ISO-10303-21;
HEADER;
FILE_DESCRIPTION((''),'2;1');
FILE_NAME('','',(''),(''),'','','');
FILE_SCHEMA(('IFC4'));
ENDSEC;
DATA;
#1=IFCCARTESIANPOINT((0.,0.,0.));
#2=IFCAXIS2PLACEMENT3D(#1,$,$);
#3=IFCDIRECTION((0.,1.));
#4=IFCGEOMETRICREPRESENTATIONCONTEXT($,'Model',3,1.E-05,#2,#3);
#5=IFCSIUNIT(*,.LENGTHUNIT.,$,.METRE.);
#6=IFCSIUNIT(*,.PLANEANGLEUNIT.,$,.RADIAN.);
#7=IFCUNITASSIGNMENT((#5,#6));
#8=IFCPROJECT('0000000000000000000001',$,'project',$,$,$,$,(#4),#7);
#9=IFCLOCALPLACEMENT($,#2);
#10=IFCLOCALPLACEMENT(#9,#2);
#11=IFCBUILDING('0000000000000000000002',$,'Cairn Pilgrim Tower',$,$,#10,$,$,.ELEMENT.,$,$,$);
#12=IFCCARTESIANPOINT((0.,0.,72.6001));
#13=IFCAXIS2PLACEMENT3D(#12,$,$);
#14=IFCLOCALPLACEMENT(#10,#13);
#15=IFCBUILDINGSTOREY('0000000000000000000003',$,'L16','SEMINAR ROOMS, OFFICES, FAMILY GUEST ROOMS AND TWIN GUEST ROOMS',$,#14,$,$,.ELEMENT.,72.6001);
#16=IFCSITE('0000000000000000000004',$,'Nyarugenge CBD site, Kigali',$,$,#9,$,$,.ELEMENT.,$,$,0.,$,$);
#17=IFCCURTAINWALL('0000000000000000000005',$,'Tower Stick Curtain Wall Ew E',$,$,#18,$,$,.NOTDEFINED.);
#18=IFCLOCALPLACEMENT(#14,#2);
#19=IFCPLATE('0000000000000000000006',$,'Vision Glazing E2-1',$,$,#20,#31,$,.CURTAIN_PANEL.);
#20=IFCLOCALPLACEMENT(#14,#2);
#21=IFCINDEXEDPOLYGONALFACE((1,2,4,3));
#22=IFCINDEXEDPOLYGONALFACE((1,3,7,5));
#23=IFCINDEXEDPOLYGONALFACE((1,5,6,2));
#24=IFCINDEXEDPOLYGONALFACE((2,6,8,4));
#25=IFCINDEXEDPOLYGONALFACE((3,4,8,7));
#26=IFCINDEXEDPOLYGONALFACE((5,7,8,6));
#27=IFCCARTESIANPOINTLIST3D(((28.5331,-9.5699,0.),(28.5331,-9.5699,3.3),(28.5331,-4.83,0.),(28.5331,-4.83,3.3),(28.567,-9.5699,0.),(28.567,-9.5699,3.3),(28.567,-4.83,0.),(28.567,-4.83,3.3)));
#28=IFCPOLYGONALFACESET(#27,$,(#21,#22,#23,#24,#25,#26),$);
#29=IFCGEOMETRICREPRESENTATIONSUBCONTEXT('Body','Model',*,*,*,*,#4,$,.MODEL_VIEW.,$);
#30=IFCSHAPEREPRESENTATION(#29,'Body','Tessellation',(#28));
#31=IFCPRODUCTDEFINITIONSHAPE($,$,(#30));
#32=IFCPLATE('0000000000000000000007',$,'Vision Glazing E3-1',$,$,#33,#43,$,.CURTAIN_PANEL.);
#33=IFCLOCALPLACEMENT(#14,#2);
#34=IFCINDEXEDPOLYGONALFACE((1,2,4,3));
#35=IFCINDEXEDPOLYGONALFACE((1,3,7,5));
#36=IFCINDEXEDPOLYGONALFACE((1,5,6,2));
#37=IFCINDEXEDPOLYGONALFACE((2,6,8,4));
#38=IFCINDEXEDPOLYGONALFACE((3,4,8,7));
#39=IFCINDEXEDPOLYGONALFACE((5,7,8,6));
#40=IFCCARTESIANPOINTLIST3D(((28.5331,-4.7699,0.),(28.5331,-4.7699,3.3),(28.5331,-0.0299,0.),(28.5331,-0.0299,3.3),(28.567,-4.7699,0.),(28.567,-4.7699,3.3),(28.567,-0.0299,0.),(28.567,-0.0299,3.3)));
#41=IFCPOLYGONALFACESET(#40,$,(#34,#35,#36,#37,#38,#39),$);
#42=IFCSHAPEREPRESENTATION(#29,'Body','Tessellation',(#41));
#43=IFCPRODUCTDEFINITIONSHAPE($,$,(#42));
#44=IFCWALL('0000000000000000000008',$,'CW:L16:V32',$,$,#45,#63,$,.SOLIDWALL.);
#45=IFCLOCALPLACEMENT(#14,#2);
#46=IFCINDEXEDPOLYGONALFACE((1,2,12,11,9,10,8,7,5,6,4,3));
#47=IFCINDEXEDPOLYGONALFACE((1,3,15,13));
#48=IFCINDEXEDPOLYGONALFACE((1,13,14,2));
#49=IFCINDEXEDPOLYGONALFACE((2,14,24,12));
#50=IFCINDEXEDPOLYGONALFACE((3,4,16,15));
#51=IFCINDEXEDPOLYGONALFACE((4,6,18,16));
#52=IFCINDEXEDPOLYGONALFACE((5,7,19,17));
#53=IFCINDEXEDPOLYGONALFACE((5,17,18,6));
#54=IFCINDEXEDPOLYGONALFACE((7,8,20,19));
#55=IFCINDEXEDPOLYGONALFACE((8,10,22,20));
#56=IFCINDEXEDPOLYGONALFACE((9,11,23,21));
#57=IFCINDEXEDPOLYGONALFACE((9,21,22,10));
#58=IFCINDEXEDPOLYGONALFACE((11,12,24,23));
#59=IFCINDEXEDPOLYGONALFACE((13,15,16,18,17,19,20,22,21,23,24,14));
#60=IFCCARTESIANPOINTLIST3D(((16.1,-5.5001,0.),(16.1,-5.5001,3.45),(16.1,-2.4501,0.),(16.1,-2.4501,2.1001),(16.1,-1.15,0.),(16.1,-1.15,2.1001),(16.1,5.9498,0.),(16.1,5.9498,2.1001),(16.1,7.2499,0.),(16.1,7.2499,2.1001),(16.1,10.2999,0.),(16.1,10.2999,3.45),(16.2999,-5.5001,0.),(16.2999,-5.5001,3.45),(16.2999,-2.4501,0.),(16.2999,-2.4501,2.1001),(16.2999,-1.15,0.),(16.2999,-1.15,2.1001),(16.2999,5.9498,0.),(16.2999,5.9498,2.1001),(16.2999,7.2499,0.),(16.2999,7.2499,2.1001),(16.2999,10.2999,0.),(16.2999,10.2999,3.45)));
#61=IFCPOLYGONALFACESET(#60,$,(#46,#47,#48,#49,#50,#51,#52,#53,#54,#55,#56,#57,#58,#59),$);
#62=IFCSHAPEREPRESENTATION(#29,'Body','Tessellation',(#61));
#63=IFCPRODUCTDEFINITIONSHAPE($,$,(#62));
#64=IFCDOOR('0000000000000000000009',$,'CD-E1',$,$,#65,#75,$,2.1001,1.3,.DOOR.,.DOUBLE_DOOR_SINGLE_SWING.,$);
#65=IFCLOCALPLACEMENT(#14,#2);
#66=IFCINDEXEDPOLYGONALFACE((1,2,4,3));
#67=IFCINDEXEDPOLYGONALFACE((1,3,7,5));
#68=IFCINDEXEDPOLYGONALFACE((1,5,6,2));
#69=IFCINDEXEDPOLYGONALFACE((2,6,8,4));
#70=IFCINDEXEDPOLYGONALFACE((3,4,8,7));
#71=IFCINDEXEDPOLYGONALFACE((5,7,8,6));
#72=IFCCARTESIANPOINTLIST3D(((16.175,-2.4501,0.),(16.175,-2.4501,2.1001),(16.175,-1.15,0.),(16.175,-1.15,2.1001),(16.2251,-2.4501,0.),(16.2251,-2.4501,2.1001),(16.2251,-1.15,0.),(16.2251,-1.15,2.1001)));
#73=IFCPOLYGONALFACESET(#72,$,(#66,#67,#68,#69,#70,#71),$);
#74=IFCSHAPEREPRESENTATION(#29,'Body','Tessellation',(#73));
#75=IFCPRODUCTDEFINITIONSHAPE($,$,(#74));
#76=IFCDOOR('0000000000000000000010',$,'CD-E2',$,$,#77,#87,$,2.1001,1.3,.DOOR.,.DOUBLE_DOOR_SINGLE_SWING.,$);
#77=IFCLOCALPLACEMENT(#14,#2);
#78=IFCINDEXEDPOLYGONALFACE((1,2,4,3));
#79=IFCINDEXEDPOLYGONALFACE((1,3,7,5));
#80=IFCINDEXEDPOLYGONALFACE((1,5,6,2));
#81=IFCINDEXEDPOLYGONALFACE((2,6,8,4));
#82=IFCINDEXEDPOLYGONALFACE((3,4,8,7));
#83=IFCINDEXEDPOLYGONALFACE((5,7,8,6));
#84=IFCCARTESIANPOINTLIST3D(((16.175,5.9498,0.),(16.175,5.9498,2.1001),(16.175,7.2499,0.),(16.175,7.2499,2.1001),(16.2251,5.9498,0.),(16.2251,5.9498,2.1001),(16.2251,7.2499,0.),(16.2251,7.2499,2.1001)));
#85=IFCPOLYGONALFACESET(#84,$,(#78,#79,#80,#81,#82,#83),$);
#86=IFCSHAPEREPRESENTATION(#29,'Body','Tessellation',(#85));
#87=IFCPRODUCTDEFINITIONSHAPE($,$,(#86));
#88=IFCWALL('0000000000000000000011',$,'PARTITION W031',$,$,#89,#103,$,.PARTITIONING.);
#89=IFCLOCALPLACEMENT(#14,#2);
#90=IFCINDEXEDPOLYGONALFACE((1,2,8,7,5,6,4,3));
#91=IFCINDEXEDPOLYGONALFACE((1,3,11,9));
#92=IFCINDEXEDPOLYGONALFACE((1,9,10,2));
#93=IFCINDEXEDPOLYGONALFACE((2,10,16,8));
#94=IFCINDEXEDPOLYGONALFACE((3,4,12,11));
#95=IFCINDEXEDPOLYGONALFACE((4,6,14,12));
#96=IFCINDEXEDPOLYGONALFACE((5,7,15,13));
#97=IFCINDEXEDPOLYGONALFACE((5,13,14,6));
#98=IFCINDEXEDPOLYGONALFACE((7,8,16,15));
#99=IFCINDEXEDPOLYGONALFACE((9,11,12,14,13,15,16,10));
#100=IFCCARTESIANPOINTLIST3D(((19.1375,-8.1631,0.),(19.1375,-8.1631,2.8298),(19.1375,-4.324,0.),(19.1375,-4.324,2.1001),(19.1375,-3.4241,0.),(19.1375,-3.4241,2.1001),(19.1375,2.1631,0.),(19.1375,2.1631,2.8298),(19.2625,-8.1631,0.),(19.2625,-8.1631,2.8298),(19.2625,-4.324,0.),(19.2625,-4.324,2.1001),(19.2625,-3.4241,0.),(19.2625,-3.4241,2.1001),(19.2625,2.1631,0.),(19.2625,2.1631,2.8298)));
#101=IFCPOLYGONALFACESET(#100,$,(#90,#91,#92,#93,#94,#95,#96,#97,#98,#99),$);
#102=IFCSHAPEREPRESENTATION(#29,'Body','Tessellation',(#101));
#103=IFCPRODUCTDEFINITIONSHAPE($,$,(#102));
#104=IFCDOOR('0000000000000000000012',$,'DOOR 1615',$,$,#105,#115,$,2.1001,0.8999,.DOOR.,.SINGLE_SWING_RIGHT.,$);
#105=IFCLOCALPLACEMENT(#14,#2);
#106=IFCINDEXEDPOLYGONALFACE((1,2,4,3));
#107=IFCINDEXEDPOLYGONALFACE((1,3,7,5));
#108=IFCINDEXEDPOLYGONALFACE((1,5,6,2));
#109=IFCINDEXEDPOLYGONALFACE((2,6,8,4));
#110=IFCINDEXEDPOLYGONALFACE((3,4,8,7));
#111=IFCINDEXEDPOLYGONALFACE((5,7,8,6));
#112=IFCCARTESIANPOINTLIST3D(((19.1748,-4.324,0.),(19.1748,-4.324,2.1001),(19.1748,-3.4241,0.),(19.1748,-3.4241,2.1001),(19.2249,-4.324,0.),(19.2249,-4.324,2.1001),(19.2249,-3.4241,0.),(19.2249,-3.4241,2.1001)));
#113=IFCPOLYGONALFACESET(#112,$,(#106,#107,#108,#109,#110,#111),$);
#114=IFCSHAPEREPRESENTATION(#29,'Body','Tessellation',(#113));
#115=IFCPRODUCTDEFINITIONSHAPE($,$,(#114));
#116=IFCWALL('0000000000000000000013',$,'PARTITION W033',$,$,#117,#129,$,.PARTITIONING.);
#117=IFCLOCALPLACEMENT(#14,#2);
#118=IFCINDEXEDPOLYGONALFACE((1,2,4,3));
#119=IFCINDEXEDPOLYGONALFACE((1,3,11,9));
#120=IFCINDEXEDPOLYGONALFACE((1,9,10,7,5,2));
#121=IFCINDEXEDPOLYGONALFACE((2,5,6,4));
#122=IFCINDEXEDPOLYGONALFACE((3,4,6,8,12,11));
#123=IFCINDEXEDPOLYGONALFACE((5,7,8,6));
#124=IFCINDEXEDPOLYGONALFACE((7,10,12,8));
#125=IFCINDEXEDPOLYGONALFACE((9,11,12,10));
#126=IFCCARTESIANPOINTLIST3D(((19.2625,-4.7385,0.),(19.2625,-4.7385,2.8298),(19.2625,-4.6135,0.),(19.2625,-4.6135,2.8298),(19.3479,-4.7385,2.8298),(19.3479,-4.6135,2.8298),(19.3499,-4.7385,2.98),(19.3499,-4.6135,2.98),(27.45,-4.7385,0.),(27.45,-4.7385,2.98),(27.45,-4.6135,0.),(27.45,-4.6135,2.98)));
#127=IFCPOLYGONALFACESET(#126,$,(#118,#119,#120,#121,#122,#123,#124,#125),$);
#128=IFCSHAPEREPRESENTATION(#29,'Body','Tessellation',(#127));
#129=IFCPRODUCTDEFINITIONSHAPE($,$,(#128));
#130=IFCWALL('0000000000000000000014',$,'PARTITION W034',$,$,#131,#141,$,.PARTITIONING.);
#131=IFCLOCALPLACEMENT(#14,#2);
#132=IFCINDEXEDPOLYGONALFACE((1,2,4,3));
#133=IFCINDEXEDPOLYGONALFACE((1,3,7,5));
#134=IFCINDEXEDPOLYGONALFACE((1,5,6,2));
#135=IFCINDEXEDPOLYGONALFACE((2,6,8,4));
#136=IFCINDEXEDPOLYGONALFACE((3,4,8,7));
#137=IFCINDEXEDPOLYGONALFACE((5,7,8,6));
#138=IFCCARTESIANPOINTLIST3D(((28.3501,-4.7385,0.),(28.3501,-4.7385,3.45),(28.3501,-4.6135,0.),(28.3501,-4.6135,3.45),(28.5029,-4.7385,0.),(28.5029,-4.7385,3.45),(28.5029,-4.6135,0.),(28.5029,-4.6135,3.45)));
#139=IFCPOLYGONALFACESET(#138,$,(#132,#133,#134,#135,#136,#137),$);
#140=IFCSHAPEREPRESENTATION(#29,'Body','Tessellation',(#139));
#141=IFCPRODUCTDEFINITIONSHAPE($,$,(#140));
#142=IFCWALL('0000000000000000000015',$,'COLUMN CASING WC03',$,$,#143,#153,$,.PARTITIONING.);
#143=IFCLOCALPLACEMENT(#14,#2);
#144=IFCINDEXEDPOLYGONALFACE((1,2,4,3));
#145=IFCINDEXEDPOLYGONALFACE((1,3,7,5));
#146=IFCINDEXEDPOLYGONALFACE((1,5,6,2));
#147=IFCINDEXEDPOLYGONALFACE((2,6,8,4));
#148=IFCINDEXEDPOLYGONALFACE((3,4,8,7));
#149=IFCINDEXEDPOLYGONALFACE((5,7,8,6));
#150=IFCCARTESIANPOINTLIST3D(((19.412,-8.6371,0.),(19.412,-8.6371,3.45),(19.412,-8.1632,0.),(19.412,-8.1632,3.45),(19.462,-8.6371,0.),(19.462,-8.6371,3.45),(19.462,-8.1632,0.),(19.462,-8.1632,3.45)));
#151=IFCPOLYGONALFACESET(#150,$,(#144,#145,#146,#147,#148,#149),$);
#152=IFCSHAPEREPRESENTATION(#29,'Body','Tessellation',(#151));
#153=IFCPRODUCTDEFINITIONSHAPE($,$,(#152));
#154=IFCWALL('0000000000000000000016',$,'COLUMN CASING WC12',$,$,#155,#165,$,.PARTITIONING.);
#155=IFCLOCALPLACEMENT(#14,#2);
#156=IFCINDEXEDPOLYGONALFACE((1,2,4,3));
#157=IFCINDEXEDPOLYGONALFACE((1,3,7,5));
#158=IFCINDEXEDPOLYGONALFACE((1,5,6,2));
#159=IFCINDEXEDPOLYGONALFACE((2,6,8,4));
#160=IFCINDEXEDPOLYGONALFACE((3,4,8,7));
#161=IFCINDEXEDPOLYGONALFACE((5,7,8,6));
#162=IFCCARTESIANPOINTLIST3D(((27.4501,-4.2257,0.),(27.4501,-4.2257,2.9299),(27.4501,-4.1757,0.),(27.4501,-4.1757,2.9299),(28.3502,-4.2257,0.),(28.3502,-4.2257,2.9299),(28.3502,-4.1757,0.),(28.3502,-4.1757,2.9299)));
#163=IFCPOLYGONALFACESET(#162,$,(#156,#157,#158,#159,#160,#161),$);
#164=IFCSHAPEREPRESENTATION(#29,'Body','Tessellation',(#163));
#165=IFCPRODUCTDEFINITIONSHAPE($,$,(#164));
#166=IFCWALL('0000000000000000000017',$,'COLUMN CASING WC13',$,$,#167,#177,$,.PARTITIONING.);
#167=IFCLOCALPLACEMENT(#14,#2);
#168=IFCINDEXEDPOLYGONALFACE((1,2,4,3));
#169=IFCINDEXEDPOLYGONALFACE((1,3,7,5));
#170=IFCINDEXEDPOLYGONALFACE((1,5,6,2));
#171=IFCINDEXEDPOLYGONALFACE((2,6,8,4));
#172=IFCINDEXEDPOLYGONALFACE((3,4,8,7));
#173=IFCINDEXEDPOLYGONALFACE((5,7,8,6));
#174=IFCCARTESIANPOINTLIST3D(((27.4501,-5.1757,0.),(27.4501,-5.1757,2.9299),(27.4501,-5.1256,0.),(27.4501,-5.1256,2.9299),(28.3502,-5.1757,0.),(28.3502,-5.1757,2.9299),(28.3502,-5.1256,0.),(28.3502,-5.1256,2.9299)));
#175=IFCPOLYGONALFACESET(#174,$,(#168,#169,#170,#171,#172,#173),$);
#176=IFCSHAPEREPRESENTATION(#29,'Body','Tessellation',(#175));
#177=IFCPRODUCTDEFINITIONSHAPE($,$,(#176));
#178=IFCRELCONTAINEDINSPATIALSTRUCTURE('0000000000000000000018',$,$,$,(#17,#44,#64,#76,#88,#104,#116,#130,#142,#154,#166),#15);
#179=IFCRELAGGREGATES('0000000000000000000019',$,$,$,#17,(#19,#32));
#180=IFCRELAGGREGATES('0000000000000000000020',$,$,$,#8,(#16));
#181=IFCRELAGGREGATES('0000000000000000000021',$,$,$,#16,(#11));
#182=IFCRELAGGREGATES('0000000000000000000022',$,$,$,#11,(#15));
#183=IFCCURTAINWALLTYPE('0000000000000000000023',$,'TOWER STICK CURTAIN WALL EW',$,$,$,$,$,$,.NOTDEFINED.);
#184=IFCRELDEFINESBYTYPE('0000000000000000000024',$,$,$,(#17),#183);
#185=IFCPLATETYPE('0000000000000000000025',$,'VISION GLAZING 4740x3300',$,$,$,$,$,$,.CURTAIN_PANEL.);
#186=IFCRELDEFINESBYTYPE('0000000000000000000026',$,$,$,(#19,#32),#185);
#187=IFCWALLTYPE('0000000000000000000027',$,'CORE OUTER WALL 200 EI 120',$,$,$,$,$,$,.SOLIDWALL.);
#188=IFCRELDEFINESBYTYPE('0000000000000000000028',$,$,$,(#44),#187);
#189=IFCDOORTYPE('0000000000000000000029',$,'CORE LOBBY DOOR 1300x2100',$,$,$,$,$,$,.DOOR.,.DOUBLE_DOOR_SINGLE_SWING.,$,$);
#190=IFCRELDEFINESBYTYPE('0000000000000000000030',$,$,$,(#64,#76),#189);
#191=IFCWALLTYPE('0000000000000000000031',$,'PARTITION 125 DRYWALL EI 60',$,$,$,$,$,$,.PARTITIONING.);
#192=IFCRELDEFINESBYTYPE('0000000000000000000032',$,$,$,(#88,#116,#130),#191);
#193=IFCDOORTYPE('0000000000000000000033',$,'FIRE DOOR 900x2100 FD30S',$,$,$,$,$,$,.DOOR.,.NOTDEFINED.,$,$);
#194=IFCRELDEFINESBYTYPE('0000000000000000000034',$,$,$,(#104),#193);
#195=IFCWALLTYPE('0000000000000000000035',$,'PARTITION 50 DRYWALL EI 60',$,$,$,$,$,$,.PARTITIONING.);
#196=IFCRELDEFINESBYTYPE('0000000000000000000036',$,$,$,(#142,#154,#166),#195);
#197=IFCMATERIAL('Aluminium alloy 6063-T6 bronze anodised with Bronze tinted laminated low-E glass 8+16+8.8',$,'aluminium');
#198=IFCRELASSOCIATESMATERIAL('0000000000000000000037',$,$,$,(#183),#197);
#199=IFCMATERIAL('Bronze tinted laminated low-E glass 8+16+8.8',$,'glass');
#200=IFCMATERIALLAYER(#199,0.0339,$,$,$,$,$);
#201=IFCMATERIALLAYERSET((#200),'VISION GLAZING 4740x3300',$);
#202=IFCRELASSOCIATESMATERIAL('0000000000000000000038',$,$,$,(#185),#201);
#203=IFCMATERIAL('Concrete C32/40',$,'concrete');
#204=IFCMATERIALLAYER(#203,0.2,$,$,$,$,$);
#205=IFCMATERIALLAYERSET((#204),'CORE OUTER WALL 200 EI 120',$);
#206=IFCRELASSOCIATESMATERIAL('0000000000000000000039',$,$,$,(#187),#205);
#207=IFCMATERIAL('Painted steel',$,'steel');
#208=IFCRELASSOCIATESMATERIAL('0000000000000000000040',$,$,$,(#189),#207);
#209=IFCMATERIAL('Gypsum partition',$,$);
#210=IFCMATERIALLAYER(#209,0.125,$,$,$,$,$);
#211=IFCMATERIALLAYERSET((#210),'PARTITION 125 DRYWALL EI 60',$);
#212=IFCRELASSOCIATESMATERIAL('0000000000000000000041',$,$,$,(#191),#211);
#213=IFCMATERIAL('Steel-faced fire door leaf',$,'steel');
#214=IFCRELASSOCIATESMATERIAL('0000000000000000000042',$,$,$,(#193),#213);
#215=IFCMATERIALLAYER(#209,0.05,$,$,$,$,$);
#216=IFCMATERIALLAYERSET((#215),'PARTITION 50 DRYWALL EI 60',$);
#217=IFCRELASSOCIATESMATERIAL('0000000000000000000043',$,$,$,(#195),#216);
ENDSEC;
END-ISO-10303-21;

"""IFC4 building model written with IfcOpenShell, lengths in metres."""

from ifc_helpers import new_model, si_unit, direction, frame, frame_2d, origin, origin_2d, place, context, subcontext, project, spatial, polyline, rectangle, outline, extrude, material, layer, layer_set, type_object, element, fill, aggregate, save


model = new_model("IFC4")

# Units and contexts
model_context = context("Model", 3, precision=1e-05, world=origin(), true_north=direction((0.0, 1.0)))
body_context = subcontext(model_context, "Body", "Model", "MODEL_VIEW")
ifc_project = project(units=[si_unit("LENGTHUNIT", "METRE"), si_unit("PLANEANGLEUNIT", "RADIAN")], contexts=[model_context])

# Site, building, storey
site_placement = place(None, origin())
site = spatial("IfcSite", under=ifc_project, at=site_placement, Name="Nyarugenge CBD site, Kigali", CompositionType="ELEMENT", RefElevation=0.0)
building_placement = place(site_placement, origin())
building = spatial("IfcBuilding", under=site, at=building_placement, Name="Cairn Pilgrim Tower", CompositionType="ELEMENT")
storey_placement = place(building_placement, frame((0.0, 0.0, 72.6001)))
storey = spatial("IfcBuildingStorey", under=building, at=storey_placement, Name="L16", Description="SEMINAR ROOMS, OFFICES, FAMILY GUEST ROOMS AND TWIN GUEST ROOMS", CompositionType="ELEMENT", Elevation=72.6001)

# Curtain wall
ifc_material_1 = material(Name="Aluminium alloy 6063-T6 bronze anodised with Bronze tinted laminated low-E glass 8+16+8.8", Category="aluminium")
curtain_wall_type = type_object("IfcCurtainWallType", Name="TOWER STICK CURTAIN WALL EW", PredefinedType="NOTDEFINED", material=ifc_material_1)
curtain_wall_placement = place(storey_placement, origin())
curtain_wall = element("IfcCurtainWall", 1, at=curtain_wall_placement, inside=storey, type_object=curtain_wall_type, Name="Tower Stick Curtain Wall Ew E", PredefinedType="NOTDEFINED")

# Plates
ifc_material_2 = material(Name="Bronze tinted laminated low-E glass 8+16+8.8", Category="glass")
ifc_layer_1 = layer(ifc_material_2, 0.0339)
ifc_layer_set_1 = layer_set([ifc_layer_1], Name="VISION GLAZING 4740x3300")
plate_type_1 = type_object("IfcPlateType", Name="VISION GLAZING 4740x3300", PredefinedType="CURTAIN_PANEL", material=ifc_layer_set_1)
plate_1_placement = place(storey_placement, frame((28.55, -7.2, 0.0), z_axis=(0.0, 0.0, 1.0), x_axis=(0.0, 1.0, 0.0)))
plate_1 = element("IfcPlate", 2, at=plate_1_placement, type_object=plate_type_1, Name="Vision Glazing E2-1", PredefinedType="CURTAIN_PANEL", context=body_context, shape_type="SweptSolid", body=[
    extrude(rectangle(XDim=4.74, YDim=0.0339, at=origin_2d()), origin(), (0.0, 0.0, 1.0), 3.3),
])
plate_2_placement = place(storey_placement, frame((28.55, -2.3999, 0.0), z_axis=(0.0, 0.0, 1.0), x_axis=(0.0, 1.0, 0.0)))
plate_2 = element("IfcPlate", 3, at=plate_2_placement, type_object=plate_type_1, Name="Vision Glazing E3-1", PredefinedType="CURTAIN_PANEL", context=body_context, shape_type="SweptSolid", body=[
    extrude(rectangle(XDim=4.74, YDim=0.0339, at=origin_2d()), origin(), (0.0, 0.0, 1.0), 3.3),
])
aggregate(curtain_wall, [plate_1, plate_2])

# Wall, openings, doors
ifc_material_3 = material(Name="Concrete C32/40", Category="concrete")
ifc_layer_2 = layer(ifc_material_3, 0.2)
ifc_layer_set_2 = layer_set([ifc_layer_2], Name="CORE OUTER WALL 200 EI 120")
wall_type_1 = type_object("IfcWallType", Name="CORE OUTER WALL 200 EI 120", PredefinedType="SOLIDWALL", material=ifc_layer_set_2)
wall_1_placement = place(storey_placement, frame((16.2, -5.5, 0.0), z_axis=(0.0, 0.0, 1.0), x_axis=(0.0, 1.0, 0.0)))
wall_1 = element("IfcWall", 4, at=wall_1_placement, inside=storey, type_object=wall_type_1, Name="CW:L16:V32", PredefinedType="SOLIDWALL", context=body_context, shape_type="SweptSolid", body=[
    extrude(rectangle(XDim=15.8, YDim=0.2, at=frame_2d((7.8999, 0.0))), origin(), (0.0, 0.0, 1.0), 3.45),
])
opening_1_placement = place(wall_1_placement, frame((3.05, 0.0, 0.0)))
opening_1 = element("IfcOpeningElement", 5, at=opening_1_placement, cuts=wall_1, PredefinedType="OPENING", context=body_context, shape_type="SweptSolid", body=[
    extrude(rectangle(XDim=1.3, YDim=2.1001, at=frame_2d((0.6499, 1.05))), frame((0.0, 0.1099, 0.0), z_axis=(0.0, -1.0, 0.0), x_axis=(1.0, 0.0, 0.0)), (0.0, 0.0, 1.0), 0.22),
])
opening_2_placement = place(wall_1_placement, frame((11.45, 0.0, 0.0)))
opening_2 = element("IfcOpeningElement", 6, at=opening_2_placement, cuts=wall_1, PredefinedType="OPENING", context=body_context, shape_type="SweptSolid", body=[
    extrude(rectangle(XDim=1.3, YDim=2.1001, at=frame_2d((0.6499, 1.05))), frame((0.0, 0.1099, 0.0), z_axis=(0.0, -1.0, 0.0), x_axis=(1.0, 0.0, 0.0)), (0.0, 0.0, 1.0), 0.22),
])
ifc_material_4 = material(Name="Painted steel", Category="steel")
door_type_1 = type_object("IfcDoorType", Name="CORE LOBBY DOOR 1300x2100", OperationType="DOUBLE_DOOR_SINGLE_SWING", PredefinedType="DOOR", material=ifc_material_4)
door_1_placement = place(opening_1_placement, origin())
door_1 = element("IfcDoor", 7, at=door_1_placement, inside=storey, type_object=door_type_1, Name="CD-E1", OperationType="DOUBLE_DOOR_SINGLE_SWING", OverallHeight=2.1001, OverallWidth=1.3, PredefinedType="DOOR", context=body_context, shape_type="SweptSolid", body=[
    extrude(rectangle(XDim=1.3, YDim=2.1001, at=frame_2d((0.6499, 1.05))), frame((0.0, 0.0249, 0.0), z_axis=(0.0, -1.0, 0.0), x_axis=(1.0, 0.0, 0.0)), (0.0, 0.0, 1.0), 0.05),
])
fill(opening_1, door_1)
door_2_placement = place(opening_2_placement, origin())
door_2 = element("IfcDoor", 8, at=door_2_placement, inside=storey, type_object=door_type_1, Name="CD-E2", OperationType="DOUBLE_DOOR_SINGLE_SWING", OverallHeight=2.1001, OverallWidth=1.3, PredefinedType="DOOR", context=body_context, shape_type="SweptSolid", body=[
    extrude(rectangle(XDim=1.3, YDim=2.1001, at=frame_2d((0.6499, 1.05))), frame((0.0, 0.0249, 0.0), z_axis=(0.0, -1.0, 0.0), x_axis=(1.0, 0.0, 0.0)), (0.0, 0.0, 1.0), 0.05),
])
fill(opening_2, door_2)

# Wall, opening, door
ifc_material_5 = material(Name="Gypsum partition")
ifc_layer_3 = layer(ifc_material_5, 0.125)
ifc_layer_set_3 = layer_set([ifc_layer_3], Name="PARTITION 125 DRYWALL EI 60")
wall_type_2 = type_object("IfcWallType", Name="PARTITION 125 DRYWALL EI 60", PredefinedType="PARTITIONING", material=ifc_layer_set_3)
wall_2_placement = place(storey_placement, frame((19.2, -8.1631, 0.0), z_axis=(0.0, 0.0, 1.0), x_axis=(0.0, 1.0, 0.0)))
wall_2 = element("IfcWall", 9, at=wall_2_placement, inside=storey, type_object=wall_type_2, Name="PARTITION W031", PredefinedType="PARTITIONING", context=body_context, shape_type="SweptSolid", body=[
    extrude(rectangle(XDim=10.3262, YDim=0.125, at=frame_2d((5.1631, 0.0))), origin(), (0.0, 0.0, 1.0), 2.8298),
])
opening_3_placement = place(wall_2_placement, frame((3.8391, 0.0, 0.0)))
opening_3 = element("IfcOpeningElement", 10, at=opening_3_placement, cuts=wall_2, PredefinedType="OPENING", context=body_context, shape_type="SweptSolid", body=[
    extrude(rectangle(XDim=0.8999, YDim=2.1001, at=frame_2d((0.45, 1.05))), frame((0.0, 0.0725, 0.0), z_axis=(0.0, -1.0, 0.0), x_axis=(1.0, 0.0, 0.0)), (0.0, 0.0, 1.0), 0.145),
])
ifc_material_6 = material(Name="Steel-faced fire door leaf", Category="steel")
door_type_2 = type_object("IfcDoorType", Name="FIRE DOOR 900x2100 FD30S", OperationType="NOTDEFINED", PredefinedType="DOOR", material=ifc_material_6)
door_3_placement = place(opening_3_placement, frame((0.8999, 0.0, 0.0), z_axis=(0.0, 0.0, 1.0), x_axis=(-1.0, 0.0, 0.0)))
door_3 = element("IfcDoor", 11, at=door_3_placement, inside=storey, type_object=door_type_2, Name="DOOR 1615", OperationType="SINGLE_SWING_RIGHT", OverallHeight=2.1001, OverallWidth=0.8999, PredefinedType="DOOR", context=body_context, shape_type="SweptSolid", body=[
    extrude(rectangle(XDim=0.8999, YDim=2.1001, at=frame_2d((0.45, 1.05))), frame((0.0, 0.0249, 0.0), z_axis=(0.0, -1.0, 0.0), x_axis=(1.0, 0.0, 0.0)), (0.0, 0.0, 1.0), 0.05),
])
fill(opening_3, door_3)

# Walls
wall_3_placement = place(storey_placement, frame((19.2625, -4.676, 0.0), z_axis=(0.0, 0.0, 1.0), x_axis=(1.0, 0.0, 0.0)))
element("IfcWall", 12, at=wall_3_placement, inside=storey, type_object=wall_type_2, Name="PARTITION W033", PredefinedType="PARTITIONING", context=body_context, shape_type="SweptSolid", body=[
    extrude(outline(polyline([(0.0, 0.0), (8.1875, 0.0), (8.1875, 2.98), (0.0874, 2.98), (0.0854, 2.8298), (0.0, 2.8298), (0.0, 0.0)])), frame((0.0, 0.0625, 0.0), z_axis=(0.0, -1.0, 0.0), x_axis=(1.0, 0.0, 0.0)), (0.0, 0.0, 1.0), 0.125),
])
wall_4_placement = place(storey_placement, frame((28.3501, -4.676, 0.0), z_axis=(0.0, 0.0, 1.0), x_axis=(1.0, 0.0, 0.0)))
element("IfcWall", 13, at=wall_4_placement, inside=storey, type_object=wall_type_2, Name="PARTITION W034", PredefinedType="PARTITIONING", context=body_context, shape_type="SweptSolid", body=[
    extrude(rectangle(XDim=0.1528, YDim=0.125, at=frame_2d((0.0764, 0.0))), origin(), (0.0, 0.0, 1.0), 3.45),
])
ifc_layer_4 = layer(ifc_material_5, 0.05)
ifc_layer_set_4 = layer_set([ifc_layer_4], Name="PARTITION 50 DRYWALL EI 60")
wall_type_3 = type_object("IfcWallType", Name="PARTITION 50 DRYWALL EI 60", PredefinedType="PARTITIONING", material=ifc_layer_set_4)
wall_5_placement = place(storey_placement, frame((19.437, -8.637, 0.0), z_axis=(0.0, 0.0, 1.0), x_axis=(0.0, 1.0, 0.0)))
element("IfcWall", 14, at=wall_5_placement, inside=storey, type_object=wall_type_3, Name="COLUMN CASING WC03", PredefinedType="PARTITIONING", context=body_context, shape_type="SweptSolid", body=[
    extrude(rectangle(XDim=0.4739, YDim=0.05, at=frame_2d((0.2368, 0.0))), origin(), (0.0, 0.0, 1.0), 3.45),
])
for number, where, z_axis, x_axis, name in (
    (15, (27.45, -4.2007, 0.0), (0.0, 0.0, 1.0), (1.0, 0.0, 0.0), "COLUMN CASING WC12"),
    (16, (27.45, -5.1506, 0.0), (0.0, 0.0, 1.0), (1.0, 0.0, 0.0), "COLUMN CASING WC13"),
):
    element("IfcWall", number, at=place(storey_placement, frame(where, z_axis=z_axis, x_axis=x_axis)), inside=storey, type_object=wall_type_3, Name=name, PredefinedType="PARTITIONING", context=body_context, shape_type="SweptSolid", body=[
        extrude(rectangle(XDim=0.9001, YDim=0.05, at=frame_2d((0.4502, 0.0))), origin(), (0.0, 0.0, 1.0), 2.9299),
    ])

save(model, "model.ifc")
